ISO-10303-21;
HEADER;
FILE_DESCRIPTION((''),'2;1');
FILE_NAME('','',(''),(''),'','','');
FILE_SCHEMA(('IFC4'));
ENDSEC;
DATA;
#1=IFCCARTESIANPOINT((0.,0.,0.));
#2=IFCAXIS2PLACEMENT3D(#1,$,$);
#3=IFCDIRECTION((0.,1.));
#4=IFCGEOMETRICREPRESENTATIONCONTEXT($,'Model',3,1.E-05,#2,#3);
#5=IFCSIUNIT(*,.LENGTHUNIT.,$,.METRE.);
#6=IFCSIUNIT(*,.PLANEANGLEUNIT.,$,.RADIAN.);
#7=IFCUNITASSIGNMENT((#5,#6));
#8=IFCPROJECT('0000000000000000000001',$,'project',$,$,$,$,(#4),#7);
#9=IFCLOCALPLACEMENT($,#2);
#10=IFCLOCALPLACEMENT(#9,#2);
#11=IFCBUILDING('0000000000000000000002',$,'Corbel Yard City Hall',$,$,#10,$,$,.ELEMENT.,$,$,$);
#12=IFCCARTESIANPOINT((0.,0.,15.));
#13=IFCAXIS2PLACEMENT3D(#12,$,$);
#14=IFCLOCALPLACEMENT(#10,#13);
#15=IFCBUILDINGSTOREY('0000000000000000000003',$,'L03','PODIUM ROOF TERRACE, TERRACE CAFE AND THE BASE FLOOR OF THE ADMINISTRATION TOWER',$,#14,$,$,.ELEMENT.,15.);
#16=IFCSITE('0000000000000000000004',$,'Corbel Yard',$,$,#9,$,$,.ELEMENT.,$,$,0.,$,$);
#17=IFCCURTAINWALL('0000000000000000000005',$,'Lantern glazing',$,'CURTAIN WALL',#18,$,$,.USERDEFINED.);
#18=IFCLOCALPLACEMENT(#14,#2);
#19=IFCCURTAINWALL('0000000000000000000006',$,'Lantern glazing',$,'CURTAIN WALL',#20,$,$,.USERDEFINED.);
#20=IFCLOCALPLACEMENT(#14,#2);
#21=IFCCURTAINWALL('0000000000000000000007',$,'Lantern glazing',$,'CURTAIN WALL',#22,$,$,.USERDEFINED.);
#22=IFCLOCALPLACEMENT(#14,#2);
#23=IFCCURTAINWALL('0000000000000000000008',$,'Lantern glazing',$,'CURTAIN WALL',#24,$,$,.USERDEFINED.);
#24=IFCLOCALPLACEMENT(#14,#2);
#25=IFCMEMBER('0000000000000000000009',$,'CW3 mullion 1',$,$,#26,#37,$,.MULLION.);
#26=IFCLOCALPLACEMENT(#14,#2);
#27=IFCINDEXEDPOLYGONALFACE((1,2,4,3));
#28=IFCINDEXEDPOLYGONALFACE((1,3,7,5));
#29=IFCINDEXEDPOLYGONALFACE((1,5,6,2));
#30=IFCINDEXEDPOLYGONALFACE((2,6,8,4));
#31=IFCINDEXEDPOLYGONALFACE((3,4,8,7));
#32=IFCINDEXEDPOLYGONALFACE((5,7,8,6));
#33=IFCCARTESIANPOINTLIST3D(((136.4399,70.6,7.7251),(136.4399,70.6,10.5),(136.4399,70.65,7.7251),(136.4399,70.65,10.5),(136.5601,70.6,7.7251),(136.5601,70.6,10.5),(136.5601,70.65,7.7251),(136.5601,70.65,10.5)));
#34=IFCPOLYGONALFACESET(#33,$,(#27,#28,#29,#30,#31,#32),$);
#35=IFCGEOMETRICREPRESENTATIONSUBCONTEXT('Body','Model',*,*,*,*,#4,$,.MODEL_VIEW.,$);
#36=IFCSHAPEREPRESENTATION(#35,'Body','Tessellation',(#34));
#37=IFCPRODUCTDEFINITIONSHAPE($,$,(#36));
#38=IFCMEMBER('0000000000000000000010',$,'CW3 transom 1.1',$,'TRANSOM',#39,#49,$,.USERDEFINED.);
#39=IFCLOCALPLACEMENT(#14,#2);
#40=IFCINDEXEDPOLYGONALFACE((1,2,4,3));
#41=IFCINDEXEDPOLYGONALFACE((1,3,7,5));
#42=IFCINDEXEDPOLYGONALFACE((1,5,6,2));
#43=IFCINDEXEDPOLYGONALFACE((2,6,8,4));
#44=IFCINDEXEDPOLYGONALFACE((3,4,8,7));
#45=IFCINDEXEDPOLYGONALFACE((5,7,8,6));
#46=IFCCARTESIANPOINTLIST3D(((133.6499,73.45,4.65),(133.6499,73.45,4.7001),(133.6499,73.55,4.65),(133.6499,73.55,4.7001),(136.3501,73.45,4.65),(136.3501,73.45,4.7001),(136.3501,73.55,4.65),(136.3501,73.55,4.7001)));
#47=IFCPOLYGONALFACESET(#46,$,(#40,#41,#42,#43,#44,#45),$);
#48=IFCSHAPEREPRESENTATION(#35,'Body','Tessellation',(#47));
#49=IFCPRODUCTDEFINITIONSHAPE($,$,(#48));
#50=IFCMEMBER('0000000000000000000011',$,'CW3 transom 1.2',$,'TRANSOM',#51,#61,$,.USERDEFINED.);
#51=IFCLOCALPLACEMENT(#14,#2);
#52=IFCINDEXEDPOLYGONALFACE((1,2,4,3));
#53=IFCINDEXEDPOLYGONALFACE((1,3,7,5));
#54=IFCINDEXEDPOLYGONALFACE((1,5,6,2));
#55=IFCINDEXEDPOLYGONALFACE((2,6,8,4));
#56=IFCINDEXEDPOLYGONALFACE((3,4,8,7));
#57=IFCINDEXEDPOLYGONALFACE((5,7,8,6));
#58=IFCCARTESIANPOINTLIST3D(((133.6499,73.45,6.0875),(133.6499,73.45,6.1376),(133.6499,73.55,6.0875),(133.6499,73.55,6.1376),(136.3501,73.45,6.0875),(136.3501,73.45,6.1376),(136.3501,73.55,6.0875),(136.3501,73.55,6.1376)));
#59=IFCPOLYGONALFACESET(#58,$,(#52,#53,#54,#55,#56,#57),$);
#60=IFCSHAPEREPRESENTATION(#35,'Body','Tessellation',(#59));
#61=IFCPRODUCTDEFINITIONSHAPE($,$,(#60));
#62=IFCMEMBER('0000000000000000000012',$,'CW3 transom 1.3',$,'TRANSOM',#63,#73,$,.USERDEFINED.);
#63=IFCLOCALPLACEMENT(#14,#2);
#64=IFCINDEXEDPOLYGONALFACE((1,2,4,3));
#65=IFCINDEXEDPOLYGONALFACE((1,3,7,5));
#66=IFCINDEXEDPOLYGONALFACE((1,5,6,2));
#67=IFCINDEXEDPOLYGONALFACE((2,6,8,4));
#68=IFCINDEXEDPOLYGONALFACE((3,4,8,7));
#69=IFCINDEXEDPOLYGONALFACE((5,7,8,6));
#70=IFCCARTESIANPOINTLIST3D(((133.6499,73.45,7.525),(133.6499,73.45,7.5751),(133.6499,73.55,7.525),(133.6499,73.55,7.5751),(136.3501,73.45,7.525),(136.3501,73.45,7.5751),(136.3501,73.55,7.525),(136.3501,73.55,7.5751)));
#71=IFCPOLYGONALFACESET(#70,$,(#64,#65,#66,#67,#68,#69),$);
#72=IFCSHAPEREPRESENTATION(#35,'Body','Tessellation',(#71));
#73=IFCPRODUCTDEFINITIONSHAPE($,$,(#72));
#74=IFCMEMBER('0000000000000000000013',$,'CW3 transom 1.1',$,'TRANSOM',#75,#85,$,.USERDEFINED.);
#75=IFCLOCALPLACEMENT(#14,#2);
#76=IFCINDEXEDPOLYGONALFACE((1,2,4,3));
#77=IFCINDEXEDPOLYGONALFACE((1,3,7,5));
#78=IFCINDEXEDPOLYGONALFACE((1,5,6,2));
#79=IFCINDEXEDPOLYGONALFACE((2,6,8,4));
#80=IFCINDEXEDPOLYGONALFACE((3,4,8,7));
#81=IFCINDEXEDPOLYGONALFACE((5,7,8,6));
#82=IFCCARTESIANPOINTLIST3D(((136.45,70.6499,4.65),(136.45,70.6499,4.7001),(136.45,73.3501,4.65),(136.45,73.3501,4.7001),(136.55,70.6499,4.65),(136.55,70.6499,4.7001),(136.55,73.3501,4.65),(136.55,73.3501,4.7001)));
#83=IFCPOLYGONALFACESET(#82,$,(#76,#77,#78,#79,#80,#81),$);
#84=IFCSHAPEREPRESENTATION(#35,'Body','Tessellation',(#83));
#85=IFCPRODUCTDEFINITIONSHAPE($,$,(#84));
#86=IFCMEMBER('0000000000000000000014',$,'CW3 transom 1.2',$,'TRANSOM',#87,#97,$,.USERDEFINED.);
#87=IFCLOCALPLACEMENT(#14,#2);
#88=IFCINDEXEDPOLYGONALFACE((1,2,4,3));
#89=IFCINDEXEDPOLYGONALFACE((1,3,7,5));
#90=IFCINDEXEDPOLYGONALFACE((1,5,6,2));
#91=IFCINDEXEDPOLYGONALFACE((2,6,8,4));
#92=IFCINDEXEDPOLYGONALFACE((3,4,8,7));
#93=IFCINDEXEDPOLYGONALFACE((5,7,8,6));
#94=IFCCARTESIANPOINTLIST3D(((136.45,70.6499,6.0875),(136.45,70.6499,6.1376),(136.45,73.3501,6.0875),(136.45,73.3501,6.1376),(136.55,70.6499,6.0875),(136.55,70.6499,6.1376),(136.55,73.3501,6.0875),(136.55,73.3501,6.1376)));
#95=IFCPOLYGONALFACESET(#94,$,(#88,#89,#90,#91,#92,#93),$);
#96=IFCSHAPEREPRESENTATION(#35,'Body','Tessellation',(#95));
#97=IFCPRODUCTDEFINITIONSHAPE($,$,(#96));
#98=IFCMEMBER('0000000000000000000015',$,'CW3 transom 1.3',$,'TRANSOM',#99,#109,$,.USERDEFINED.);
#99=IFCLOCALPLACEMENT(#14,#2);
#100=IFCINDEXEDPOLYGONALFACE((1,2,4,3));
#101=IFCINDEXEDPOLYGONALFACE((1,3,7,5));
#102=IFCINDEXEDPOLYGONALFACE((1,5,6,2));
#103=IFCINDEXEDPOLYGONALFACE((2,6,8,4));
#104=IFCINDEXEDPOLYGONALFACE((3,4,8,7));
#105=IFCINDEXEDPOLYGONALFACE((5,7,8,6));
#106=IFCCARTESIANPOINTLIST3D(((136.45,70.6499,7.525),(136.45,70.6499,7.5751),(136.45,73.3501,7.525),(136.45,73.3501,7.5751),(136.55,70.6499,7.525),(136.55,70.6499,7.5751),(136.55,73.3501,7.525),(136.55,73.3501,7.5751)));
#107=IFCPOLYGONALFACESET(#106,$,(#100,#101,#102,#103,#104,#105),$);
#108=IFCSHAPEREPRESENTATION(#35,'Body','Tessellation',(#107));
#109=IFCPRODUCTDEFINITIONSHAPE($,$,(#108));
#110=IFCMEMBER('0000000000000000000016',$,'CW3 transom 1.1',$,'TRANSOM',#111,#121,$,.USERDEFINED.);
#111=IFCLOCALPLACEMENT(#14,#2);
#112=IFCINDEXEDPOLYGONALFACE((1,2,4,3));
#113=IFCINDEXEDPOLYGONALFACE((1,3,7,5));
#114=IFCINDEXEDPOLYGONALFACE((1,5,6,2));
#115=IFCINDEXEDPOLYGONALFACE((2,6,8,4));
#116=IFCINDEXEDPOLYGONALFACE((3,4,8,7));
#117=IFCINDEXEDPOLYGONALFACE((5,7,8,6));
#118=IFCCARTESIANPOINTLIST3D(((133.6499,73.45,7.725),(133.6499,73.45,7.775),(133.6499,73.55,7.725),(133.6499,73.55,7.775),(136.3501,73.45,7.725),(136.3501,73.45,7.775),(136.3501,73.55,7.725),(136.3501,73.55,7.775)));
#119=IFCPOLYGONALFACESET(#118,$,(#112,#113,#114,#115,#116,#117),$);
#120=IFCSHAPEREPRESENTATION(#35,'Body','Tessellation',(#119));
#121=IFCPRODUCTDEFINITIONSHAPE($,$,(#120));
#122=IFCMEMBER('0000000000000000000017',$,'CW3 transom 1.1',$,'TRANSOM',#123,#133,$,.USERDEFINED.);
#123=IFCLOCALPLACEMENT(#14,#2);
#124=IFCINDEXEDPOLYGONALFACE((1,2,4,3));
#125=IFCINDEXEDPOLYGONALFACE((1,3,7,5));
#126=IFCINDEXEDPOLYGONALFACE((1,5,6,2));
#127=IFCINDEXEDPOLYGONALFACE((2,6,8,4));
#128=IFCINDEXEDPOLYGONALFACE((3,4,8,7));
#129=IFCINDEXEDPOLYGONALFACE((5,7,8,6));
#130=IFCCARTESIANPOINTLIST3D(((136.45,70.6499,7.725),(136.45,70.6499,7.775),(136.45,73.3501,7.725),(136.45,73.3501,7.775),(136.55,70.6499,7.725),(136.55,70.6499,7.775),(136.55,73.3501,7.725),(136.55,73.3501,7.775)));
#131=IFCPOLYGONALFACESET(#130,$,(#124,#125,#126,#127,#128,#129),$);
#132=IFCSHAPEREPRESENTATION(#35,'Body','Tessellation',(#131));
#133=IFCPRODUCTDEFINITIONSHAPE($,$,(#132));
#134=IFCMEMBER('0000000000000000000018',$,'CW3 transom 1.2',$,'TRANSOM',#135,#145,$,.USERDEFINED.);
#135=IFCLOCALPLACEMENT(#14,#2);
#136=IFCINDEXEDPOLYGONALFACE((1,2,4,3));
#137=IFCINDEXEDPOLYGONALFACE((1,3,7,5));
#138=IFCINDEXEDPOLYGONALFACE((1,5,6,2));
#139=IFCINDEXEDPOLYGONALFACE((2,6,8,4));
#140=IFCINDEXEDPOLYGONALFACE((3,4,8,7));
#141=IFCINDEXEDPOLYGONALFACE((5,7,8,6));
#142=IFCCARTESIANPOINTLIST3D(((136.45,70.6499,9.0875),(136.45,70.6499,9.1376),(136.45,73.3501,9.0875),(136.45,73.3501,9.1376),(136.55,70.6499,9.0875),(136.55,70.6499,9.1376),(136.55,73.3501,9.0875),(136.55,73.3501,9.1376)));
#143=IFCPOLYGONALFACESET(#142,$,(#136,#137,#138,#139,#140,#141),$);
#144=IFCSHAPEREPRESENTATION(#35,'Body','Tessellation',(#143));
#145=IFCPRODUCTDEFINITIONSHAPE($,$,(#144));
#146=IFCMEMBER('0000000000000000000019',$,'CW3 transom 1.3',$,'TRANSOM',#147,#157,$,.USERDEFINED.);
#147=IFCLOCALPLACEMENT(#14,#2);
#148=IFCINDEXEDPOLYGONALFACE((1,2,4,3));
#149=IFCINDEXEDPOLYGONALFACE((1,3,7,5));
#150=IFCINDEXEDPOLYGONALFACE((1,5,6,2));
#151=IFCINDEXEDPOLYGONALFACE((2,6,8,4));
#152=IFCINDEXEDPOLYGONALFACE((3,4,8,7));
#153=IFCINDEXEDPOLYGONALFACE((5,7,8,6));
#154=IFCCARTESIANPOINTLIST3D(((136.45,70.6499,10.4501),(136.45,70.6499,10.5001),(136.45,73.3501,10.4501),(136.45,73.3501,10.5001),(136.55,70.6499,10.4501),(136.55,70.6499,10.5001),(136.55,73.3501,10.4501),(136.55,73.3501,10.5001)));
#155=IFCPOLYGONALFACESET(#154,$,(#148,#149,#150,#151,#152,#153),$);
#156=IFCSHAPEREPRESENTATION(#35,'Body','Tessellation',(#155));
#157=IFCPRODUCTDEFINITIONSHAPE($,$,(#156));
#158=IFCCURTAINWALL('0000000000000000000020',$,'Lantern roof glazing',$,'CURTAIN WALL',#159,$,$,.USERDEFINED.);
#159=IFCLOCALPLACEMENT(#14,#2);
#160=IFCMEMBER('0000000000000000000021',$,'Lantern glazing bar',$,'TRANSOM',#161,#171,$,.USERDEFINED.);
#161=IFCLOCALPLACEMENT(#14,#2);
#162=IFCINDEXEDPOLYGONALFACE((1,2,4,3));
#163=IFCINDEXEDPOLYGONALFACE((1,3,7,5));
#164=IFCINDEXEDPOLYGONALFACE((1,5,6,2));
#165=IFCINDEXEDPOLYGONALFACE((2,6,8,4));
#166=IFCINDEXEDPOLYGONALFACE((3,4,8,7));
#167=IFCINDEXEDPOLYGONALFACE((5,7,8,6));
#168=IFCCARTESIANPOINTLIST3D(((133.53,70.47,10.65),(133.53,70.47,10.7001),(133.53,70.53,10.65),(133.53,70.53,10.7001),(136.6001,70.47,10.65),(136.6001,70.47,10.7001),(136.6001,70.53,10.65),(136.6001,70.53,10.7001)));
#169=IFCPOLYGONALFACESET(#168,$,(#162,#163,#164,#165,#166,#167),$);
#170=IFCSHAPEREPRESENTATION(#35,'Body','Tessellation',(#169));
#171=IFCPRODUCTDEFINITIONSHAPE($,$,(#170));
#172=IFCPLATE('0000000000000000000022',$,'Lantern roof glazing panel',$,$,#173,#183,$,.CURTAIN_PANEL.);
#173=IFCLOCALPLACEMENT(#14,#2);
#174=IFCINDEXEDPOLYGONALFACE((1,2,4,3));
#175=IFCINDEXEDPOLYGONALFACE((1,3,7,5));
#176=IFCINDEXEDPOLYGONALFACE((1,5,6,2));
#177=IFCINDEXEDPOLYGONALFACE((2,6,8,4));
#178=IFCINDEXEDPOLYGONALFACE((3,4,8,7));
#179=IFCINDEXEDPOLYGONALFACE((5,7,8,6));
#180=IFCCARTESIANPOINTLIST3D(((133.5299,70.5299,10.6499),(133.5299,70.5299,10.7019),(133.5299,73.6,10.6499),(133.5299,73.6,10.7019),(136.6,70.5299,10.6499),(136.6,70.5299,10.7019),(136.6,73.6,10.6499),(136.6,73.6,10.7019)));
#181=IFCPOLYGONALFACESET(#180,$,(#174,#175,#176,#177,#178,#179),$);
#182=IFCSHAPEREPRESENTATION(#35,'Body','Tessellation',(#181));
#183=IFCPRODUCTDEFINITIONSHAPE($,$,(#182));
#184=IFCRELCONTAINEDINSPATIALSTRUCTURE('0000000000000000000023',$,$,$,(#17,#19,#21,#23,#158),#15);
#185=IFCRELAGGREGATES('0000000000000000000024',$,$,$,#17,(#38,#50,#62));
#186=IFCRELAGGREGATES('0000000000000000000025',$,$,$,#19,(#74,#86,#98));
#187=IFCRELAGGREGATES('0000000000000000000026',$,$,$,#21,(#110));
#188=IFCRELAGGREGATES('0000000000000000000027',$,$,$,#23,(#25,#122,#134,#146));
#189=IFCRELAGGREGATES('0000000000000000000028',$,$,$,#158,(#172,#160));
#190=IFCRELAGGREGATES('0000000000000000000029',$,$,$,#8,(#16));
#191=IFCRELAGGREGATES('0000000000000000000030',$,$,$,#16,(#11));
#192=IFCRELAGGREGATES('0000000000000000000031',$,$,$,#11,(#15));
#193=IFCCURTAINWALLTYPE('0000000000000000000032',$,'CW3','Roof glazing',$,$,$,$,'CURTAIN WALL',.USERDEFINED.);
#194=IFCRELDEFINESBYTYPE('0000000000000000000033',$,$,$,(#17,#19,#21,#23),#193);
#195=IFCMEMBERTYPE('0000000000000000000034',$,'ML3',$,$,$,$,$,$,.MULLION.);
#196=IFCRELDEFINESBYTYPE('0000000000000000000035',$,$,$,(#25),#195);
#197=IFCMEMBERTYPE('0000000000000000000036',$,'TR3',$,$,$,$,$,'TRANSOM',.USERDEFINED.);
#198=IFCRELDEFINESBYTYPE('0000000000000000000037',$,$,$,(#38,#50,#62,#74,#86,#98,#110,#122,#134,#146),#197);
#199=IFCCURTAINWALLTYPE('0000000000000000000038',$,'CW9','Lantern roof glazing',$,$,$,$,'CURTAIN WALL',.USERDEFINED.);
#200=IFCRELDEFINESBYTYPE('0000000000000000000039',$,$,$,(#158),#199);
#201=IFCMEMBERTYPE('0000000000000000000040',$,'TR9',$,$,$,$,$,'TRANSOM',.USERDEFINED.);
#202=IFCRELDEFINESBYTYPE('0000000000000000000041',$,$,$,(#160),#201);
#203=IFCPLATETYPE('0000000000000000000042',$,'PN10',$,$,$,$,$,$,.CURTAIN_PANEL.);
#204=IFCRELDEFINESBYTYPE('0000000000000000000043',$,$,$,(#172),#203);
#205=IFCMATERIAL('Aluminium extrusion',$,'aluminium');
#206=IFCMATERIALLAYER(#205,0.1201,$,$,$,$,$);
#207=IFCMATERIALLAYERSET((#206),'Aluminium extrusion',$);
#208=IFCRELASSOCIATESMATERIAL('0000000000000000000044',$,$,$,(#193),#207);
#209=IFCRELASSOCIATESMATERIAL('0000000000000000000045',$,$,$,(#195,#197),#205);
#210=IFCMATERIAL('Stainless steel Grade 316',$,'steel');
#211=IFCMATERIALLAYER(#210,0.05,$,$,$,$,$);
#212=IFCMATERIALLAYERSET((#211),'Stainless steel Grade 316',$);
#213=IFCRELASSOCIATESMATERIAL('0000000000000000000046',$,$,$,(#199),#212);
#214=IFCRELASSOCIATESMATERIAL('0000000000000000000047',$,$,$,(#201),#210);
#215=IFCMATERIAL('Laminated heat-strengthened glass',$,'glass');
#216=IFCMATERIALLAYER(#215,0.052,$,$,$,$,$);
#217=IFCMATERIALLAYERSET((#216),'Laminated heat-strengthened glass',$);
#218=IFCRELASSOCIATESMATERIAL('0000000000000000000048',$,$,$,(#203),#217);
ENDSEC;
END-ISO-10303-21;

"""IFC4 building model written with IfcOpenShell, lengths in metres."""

from ifc_helpers import new_model, si_unit, direction, frame, origin, origin_2d, place, context, subcontext, project, spatial, rectangle, extrude, material, layer, layer_set, material_profile, profile_set, type_object, element, aggregate, save


model = new_model("IFC4")

# Units and contexts
model_context = context("Model", 3, precision=1e-05, world=origin(), true_north=direction((0.0, 1.0)))
body_context = subcontext(model_context, "Body", "Model", "MODEL_VIEW")
ifc_project = project(units=[si_unit("LENGTHUNIT", "METRE"), si_unit("PLANEANGLEUNIT", "RADIAN")], contexts=[model_context])

# Site, building, storey
site_placement = place(None, origin())
site = spatial("IfcSite", under=ifc_project, at=site_placement, Name="Corbel Yard", CompositionType="ELEMENT", RefElevation=0.0)
building_placement = place(site_placement, origin())
building = spatial("IfcBuilding", under=site, at=building_placement, Name="Corbel Yard City Hall", CompositionType="ELEMENT")
storey_placement = place(building_placement, frame((0.0, 0.0, 15.0)))
storey = spatial("IfcBuildingStorey", under=building, at=storey_placement, Name="L03", Description="PODIUM ROOF TERRACE, TERRACE CAFE AND THE BASE FLOOR OF THE ADMINISTRATION TOWER", CompositionType="ELEMENT", Elevation=15.0)

# Curtain walls, member
ifc_material_1 = material(Name="Aluminium extrusion", Category="aluminium")
ifc_layer_1 = layer(ifc_material_1, 0.1201)
ifc_layer_set_1 = layer_set([ifc_layer_1], Name="Aluminium extrusion")
curtain_wall_type_1 = type_object("IfcCurtainWallType", Name="CW3", Description="Roof glazing", ElementType="CURTAIN WALL", PredefinedType="USERDEFINED", material=ifc_layer_set_1)
ifc_material_profile_1 = material_profile(ifc_material_1, rectangle(XDim=0.1201, YDim=0.05, at=origin_2d()), Name="120x50")
ifc_profile_set_1 = profile_set([ifc_material_profile_1], Name="Aluminium extrusion")
member_type_1 = type_object("IfcMemberType", Name="ML3", PredefinedType="MULLION", material=ifc_profile_set_1)
curtain_wall_1_placement = place(storey_placement, origin())
curtain_wall_1 = element("IfcCurtainWall", 1, at=curtain_wall_1_placement, inside=storey, type_object=curtain_wall_type_1, Name="Lantern glazing", ObjectType="CURTAIN WALL", PredefinedType="USERDEFINED")
curtain_wall_2_placement = place(storey_placement, origin())
curtain_wall_2 = element("IfcCurtainWall", 2, at=curtain_wall_2_placement, inside=storey, type_object=curtain_wall_type_1, Name="Lantern glazing", ObjectType="CURTAIN WALL", PredefinedType="USERDEFINED")
curtain_wall_3_placement = place(storey_placement, origin())
curtain_wall_3 = element("IfcCurtainWall", 3, at=curtain_wall_3_placement, inside=storey, type_object=curtain_wall_type_1, Name="Lantern glazing", ObjectType="CURTAIN WALL", PredefinedType="USERDEFINED")
curtain_wall_4_placement = place(storey_placement, origin())
curtain_wall_4 = element("IfcCurtainWall", 4, at=curtain_wall_4_placement, inside=storey, type_object=curtain_wall_type_1, Name="Lantern glazing", ObjectType="CURTAIN WALL", PredefinedType="USERDEFINED")
member_1_placement = place(storey_placement, frame((136.5, 70.625, 7.7251), z_axis=(0.0, 0.0, 1.0), x_axis=(-1.0, 0.0, 0.0)))
member_1 = element("IfcMember", 5, at=member_1_placement, type_object=member_type_1, Name="CW3 mullion 1", PredefinedType="MULLION", context=body_context, shape_type="SweptSolid", body=[
    extrude(rectangle(XDim=0.1201, YDim=0.05, at=origin_2d()), origin(), (0.0, 0.0, 1.0), 2.7749),
])

# Members
ifc_material_profile_2 = material_profile(ifc_material_1, rectangle(XDim=0.1001, YDim=0.05, at=origin_2d()), Name="100x50")
ifc_profile_set_2 = profile_set([ifc_material_profile_2], Name="Aluminium extrusion")
member_type_2 = type_object("IfcMemberType", Name="TR3", ElementType="TRANSOM", PredefinedType="USERDEFINED", material=ifc_profile_set_2)
member_2_placement = place(storey_placement, frame((133.6499, 73.5, 4.675), z_axis=(1.0, 0.0, 0.0), x_axis=(0.0, 1.0, 0.0)))
member_2 = element("IfcMember", 6, at=member_2_placement, type_object=member_type_2, Name="CW3 transom 1.1", ObjectType="TRANSOM", PredefinedType="USERDEFINED", context=body_context, shape_type="SweptSolid", body=[
    extrude(rectangle(XDim=0.1001, YDim=0.05, at=origin_2d()), origin(), (0.0, 0.0, 1.0), 2.7002),
])
member_3_placement = place(storey_placement, frame((133.6499, 73.5, 6.1125), z_axis=(1.0, 0.0, 0.0), x_axis=(0.0, 1.0, 0.0)))
member_3 = element("IfcMember", 7, at=member_3_placement, type_object=member_type_2, Name="CW3 transom 1.2", ObjectType="TRANSOM", PredefinedType="USERDEFINED", context=body_context, shape_type="SweptSolid", body=[
    extrude(rectangle(XDim=0.1001, YDim=0.05, at=origin_2d()), origin(), (0.0, 0.0, 1.0), 2.7002),
])
member_4_placement = place(storey_placement, frame((133.6499, 73.5, 7.55), z_axis=(1.0, 0.0, 0.0), x_axis=(0.0, 1.0, 0.0)))
member_4 = element("IfcMember", 8, at=member_4_placement, type_object=member_type_2, Name="CW3 transom 1.3", ObjectType="TRANSOM", PredefinedType="USERDEFINED", context=body_context, shape_type="SweptSolid", body=[
    extrude(rectangle(XDim=0.1001, YDim=0.05, at=origin_2d()), origin(), (0.0, 0.0, 1.0), 2.7002),
])
aggregate(curtain_wall_1, [member_2, member_3, member_4])
member_5_placement = place(storey_placement, frame((136.5, 70.6499, 4.675), z_axis=(0.0, 1.0, 0.0), x_axis=(-1.0, 0.0, 0.0)))
member_5 = element("IfcMember", 9, at=member_5_placement, type_object=member_type_2, Name="CW3 transom 1.1", ObjectType="TRANSOM", PredefinedType="USERDEFINED", context=body_context, shape_type="SweptSolid", body=[
    extrude(rectangle(XDim=0.1001, YDim=0.05, at=origin_2d()), origin(), (0.0, 0.0, 1.0), 2.7002),
])
member_6_placement = place(storey_placement, frame((136.5, 70.6499, 6.1125), z_axis=(0.0, 1.0, 0.0), x_axis=(-1.0, 0.0, 0.0)))
member_6 = element("IfcMember", 10, at=member_6_placement, type_object=member_type_2, Name="CW3 transom 1.2", ObjectType="TRANSOM", PredefinedType="USERDEFINED", context=body_context, shape_type="SweptSolid", body=[
    extrude(rectangle(XDim=0.1001, YDim=0.05, at=origin_2d()), origin(), (0.0, 0.0, 1.0), 2.7002),
])
member_7_placement = place(storey_placement, frame((136.5, 70.6499, 7.55), z_axis=(0.0, 1.0, 0.0), x_axis=(-1.0, 0.0, 0.0)))
member_7 = element("IfcMember", 11, at=member_7_placement, type_object=member_type_2, Name="CW3 transom 1.3", ObjectType="TRANSOM", PredefinedType="USERDEFINED", context=body_context, shape_type="SweptSolid", body=[
    extrude(rectangle(XDim=0.1001, YDim=0.05, at=origin_2d()), origin(), (0.0, 0.0, 1.0), 2.7002),
])
aggregate(curtain_wall_2, [member_5, member_6, member_7])
member_8_placement = place(storey_placement, frame((133.6499, 73.5, 7.75), z_axis=(1.0, 0.0, 0.0), x_axis=(0.0, 1.0, 0.0)))
member_8 = element("IfcMember", 12, at=member_8_placement, type_object=member_type_2, Name="CW3 transom 1.1", ObjectType="TRANSOM", PredefinedType="USERDEFINED", context=body_context, shape_type="SweptSolid", body=[
    extrude(rectangle(XDim=0.1001, YDim=0.05, at=origin_2d()), origin(), (0.0, 0.0, 1.0), 2.7002),
])
aggregate(curtain_wall_3, [member_8])
member_9_placement = place(storey_placement, frame((136.5, 70.6499, 7.75), z_axis=(0.0, 1.0, 0.0), x_axis=(-1.0, 0.0, 0.0)))
member_9 = element("IfcMember", 13, at=member_9_placement, type_object=member_type_2, Name="CW3 transom 1.1", ObjectType="TRANSOM", PredefinedType="USERDEFINED", context=body_context, shape_type="SweptSolid", body=[
    extrude(rectangle(XDim=0.1001, YDim=0.05, at=origin_2d()), origin(), (0.0, 0.0, 1.0), 2.7002),
])
member_10_placement = place(storey_placement, frame((136.5, 70.6499, 9.1125), z_axis=(0.0, 1.0, 0.0), x_axis=(-1.0, 0.0, 0.0)))
member_10 = element("IfcMember", 14, at=member_10_placement, type_object=member_type_2, Name="CW3 transom 1.2", ObjectType="TRANSOM", PredefinedType="USERDEFINED", context=body_context, shape_type="SweptSolid", body=[
    extrude(rectangle(XDim=0.1001, YDim=0.05, at=origin_2d()), origin(), (0.0, 0.0, 1.0), 2.7002),
])
member_11_placement = place(storey_placement, frame((136.5, 70.6499, 10.4751), z_axis=(0.0, 1.0, 0.0), x_axis=(-1.0, 0.0, 0.0)))
member_11 = element("IfcMember", 15, at=member_11_placement, type_object=member_type_2, Name="CW3 transom 1.3", ObjectType="TRANSOM", PredefinedType="USERDEFINED", context=body_context, shape_type="SweptSolid", body=[
    extrude(rectangle(XDim=0.1001, YDim=0.05, at=origin_2d()), origin(), (0.0, 0.0, 1.0), 2.7002),
])
aggregate(curtain_wall_4, [member_1, member_9, member_10, member_11])

# Curtain wall, member, plate
ifc_material_2 = material(Name="Stainless steel Grade 316", Category="steel")
ifc_layer_2 = layer(ifc_material_2, 0.05)
ifc_layer_set_2 = layer_set([ifc_layer_2], Name="Stainless steel Grade 316")
curtain_wall_type_2 = type_object("IfcCurtainWallType", Name="CW9", Description="Lantern roof glazing", ElementType="CURTAIN WALL", PredefinedType="USERDEFINED", material=ifc_layer_set_2)
curtain_wall_5_placement = place(storey_placement, origin())
curtain_wall_5 = element("IfcCurtainWall", 16, at=curtain_wall_5_placement, inside=storey, type_object=curtain_wall_type_2, Name="Lantern roof glazing", ObjectType="CURTAIN WALL", PredefinedType="USERDEFINED")
ifc_material_profile_3 = material_profile(ifc_material_2, rectangle(XDim=0.0601, YDim=0.05, at=origin_2d()), Name="60x50")
ifc_profile_set_3 = profile_set([ifc_material_profile_3], Name="Stainless steel Grade 316")
member_type_3 = type_object("IfcMemberType", Name="TR9", ElementType="TRANSOM", PredefinedType="USERDEFINED", material=ifc_profile_set_3)
member_12_placement = place(storey_placement, frame((133.53, 70.5, 10.675), z_axis=(1.0, 0.0, 0.0), x_axis=(0.0, 1.0, 0.0)))
member_12 = element("IfcMember", 17, at=member_12_placement, type_object=member_type_3, Name="Lantern glazing bar", ObjectType="TRANSOM", PredefinedType="USERDEFINED", context=body_context, shape_type="SweptSolid", body=[
    extrude(rectangle(XDim=0.0601, YDim=0.05, at=origin_2d()), origin(), (0.0, 0.0, 1.0), 3.0701),
])
ifc_material_3 = material(Name="Laminated heat-strengthened glass", Category="glass")
ifc_layer_3 = layer(ifc_material_3, 0.052)
ifc_layer_set_3 = layer_set([ifc_layer_3], Name="Laminated heat-strengthened glass")
plate_type = type_object("IfcPlateType", Name="PN10", PredefinedType="CURTAIN_PANEL", material=ifc_layer_set_3)
plate_placement = place(storey_placement, frame((135.0649, 72.0649, 10.6499), z_axis=(0.0, 0.0, 1.0), x_axis=(1.0, 0.0, 0.0)))
plate = element("IfcPlate", 18, at=plate_placement, type_object=plate_type, Name="Lantern roof glazing panel", PredefinedType="CURTAIN_PANEL", context=body_context, shape_type="SweptSolid", body=[
    extrude(rectangle(XDim=3.0701, YDim=3.0701, at=origin_2d()), origin(), (0.0, 0.0, 1.0), 0.052),
])
aggregate(curtain_wall_5, [plate, member_12])

save(model, "model.ifc")
